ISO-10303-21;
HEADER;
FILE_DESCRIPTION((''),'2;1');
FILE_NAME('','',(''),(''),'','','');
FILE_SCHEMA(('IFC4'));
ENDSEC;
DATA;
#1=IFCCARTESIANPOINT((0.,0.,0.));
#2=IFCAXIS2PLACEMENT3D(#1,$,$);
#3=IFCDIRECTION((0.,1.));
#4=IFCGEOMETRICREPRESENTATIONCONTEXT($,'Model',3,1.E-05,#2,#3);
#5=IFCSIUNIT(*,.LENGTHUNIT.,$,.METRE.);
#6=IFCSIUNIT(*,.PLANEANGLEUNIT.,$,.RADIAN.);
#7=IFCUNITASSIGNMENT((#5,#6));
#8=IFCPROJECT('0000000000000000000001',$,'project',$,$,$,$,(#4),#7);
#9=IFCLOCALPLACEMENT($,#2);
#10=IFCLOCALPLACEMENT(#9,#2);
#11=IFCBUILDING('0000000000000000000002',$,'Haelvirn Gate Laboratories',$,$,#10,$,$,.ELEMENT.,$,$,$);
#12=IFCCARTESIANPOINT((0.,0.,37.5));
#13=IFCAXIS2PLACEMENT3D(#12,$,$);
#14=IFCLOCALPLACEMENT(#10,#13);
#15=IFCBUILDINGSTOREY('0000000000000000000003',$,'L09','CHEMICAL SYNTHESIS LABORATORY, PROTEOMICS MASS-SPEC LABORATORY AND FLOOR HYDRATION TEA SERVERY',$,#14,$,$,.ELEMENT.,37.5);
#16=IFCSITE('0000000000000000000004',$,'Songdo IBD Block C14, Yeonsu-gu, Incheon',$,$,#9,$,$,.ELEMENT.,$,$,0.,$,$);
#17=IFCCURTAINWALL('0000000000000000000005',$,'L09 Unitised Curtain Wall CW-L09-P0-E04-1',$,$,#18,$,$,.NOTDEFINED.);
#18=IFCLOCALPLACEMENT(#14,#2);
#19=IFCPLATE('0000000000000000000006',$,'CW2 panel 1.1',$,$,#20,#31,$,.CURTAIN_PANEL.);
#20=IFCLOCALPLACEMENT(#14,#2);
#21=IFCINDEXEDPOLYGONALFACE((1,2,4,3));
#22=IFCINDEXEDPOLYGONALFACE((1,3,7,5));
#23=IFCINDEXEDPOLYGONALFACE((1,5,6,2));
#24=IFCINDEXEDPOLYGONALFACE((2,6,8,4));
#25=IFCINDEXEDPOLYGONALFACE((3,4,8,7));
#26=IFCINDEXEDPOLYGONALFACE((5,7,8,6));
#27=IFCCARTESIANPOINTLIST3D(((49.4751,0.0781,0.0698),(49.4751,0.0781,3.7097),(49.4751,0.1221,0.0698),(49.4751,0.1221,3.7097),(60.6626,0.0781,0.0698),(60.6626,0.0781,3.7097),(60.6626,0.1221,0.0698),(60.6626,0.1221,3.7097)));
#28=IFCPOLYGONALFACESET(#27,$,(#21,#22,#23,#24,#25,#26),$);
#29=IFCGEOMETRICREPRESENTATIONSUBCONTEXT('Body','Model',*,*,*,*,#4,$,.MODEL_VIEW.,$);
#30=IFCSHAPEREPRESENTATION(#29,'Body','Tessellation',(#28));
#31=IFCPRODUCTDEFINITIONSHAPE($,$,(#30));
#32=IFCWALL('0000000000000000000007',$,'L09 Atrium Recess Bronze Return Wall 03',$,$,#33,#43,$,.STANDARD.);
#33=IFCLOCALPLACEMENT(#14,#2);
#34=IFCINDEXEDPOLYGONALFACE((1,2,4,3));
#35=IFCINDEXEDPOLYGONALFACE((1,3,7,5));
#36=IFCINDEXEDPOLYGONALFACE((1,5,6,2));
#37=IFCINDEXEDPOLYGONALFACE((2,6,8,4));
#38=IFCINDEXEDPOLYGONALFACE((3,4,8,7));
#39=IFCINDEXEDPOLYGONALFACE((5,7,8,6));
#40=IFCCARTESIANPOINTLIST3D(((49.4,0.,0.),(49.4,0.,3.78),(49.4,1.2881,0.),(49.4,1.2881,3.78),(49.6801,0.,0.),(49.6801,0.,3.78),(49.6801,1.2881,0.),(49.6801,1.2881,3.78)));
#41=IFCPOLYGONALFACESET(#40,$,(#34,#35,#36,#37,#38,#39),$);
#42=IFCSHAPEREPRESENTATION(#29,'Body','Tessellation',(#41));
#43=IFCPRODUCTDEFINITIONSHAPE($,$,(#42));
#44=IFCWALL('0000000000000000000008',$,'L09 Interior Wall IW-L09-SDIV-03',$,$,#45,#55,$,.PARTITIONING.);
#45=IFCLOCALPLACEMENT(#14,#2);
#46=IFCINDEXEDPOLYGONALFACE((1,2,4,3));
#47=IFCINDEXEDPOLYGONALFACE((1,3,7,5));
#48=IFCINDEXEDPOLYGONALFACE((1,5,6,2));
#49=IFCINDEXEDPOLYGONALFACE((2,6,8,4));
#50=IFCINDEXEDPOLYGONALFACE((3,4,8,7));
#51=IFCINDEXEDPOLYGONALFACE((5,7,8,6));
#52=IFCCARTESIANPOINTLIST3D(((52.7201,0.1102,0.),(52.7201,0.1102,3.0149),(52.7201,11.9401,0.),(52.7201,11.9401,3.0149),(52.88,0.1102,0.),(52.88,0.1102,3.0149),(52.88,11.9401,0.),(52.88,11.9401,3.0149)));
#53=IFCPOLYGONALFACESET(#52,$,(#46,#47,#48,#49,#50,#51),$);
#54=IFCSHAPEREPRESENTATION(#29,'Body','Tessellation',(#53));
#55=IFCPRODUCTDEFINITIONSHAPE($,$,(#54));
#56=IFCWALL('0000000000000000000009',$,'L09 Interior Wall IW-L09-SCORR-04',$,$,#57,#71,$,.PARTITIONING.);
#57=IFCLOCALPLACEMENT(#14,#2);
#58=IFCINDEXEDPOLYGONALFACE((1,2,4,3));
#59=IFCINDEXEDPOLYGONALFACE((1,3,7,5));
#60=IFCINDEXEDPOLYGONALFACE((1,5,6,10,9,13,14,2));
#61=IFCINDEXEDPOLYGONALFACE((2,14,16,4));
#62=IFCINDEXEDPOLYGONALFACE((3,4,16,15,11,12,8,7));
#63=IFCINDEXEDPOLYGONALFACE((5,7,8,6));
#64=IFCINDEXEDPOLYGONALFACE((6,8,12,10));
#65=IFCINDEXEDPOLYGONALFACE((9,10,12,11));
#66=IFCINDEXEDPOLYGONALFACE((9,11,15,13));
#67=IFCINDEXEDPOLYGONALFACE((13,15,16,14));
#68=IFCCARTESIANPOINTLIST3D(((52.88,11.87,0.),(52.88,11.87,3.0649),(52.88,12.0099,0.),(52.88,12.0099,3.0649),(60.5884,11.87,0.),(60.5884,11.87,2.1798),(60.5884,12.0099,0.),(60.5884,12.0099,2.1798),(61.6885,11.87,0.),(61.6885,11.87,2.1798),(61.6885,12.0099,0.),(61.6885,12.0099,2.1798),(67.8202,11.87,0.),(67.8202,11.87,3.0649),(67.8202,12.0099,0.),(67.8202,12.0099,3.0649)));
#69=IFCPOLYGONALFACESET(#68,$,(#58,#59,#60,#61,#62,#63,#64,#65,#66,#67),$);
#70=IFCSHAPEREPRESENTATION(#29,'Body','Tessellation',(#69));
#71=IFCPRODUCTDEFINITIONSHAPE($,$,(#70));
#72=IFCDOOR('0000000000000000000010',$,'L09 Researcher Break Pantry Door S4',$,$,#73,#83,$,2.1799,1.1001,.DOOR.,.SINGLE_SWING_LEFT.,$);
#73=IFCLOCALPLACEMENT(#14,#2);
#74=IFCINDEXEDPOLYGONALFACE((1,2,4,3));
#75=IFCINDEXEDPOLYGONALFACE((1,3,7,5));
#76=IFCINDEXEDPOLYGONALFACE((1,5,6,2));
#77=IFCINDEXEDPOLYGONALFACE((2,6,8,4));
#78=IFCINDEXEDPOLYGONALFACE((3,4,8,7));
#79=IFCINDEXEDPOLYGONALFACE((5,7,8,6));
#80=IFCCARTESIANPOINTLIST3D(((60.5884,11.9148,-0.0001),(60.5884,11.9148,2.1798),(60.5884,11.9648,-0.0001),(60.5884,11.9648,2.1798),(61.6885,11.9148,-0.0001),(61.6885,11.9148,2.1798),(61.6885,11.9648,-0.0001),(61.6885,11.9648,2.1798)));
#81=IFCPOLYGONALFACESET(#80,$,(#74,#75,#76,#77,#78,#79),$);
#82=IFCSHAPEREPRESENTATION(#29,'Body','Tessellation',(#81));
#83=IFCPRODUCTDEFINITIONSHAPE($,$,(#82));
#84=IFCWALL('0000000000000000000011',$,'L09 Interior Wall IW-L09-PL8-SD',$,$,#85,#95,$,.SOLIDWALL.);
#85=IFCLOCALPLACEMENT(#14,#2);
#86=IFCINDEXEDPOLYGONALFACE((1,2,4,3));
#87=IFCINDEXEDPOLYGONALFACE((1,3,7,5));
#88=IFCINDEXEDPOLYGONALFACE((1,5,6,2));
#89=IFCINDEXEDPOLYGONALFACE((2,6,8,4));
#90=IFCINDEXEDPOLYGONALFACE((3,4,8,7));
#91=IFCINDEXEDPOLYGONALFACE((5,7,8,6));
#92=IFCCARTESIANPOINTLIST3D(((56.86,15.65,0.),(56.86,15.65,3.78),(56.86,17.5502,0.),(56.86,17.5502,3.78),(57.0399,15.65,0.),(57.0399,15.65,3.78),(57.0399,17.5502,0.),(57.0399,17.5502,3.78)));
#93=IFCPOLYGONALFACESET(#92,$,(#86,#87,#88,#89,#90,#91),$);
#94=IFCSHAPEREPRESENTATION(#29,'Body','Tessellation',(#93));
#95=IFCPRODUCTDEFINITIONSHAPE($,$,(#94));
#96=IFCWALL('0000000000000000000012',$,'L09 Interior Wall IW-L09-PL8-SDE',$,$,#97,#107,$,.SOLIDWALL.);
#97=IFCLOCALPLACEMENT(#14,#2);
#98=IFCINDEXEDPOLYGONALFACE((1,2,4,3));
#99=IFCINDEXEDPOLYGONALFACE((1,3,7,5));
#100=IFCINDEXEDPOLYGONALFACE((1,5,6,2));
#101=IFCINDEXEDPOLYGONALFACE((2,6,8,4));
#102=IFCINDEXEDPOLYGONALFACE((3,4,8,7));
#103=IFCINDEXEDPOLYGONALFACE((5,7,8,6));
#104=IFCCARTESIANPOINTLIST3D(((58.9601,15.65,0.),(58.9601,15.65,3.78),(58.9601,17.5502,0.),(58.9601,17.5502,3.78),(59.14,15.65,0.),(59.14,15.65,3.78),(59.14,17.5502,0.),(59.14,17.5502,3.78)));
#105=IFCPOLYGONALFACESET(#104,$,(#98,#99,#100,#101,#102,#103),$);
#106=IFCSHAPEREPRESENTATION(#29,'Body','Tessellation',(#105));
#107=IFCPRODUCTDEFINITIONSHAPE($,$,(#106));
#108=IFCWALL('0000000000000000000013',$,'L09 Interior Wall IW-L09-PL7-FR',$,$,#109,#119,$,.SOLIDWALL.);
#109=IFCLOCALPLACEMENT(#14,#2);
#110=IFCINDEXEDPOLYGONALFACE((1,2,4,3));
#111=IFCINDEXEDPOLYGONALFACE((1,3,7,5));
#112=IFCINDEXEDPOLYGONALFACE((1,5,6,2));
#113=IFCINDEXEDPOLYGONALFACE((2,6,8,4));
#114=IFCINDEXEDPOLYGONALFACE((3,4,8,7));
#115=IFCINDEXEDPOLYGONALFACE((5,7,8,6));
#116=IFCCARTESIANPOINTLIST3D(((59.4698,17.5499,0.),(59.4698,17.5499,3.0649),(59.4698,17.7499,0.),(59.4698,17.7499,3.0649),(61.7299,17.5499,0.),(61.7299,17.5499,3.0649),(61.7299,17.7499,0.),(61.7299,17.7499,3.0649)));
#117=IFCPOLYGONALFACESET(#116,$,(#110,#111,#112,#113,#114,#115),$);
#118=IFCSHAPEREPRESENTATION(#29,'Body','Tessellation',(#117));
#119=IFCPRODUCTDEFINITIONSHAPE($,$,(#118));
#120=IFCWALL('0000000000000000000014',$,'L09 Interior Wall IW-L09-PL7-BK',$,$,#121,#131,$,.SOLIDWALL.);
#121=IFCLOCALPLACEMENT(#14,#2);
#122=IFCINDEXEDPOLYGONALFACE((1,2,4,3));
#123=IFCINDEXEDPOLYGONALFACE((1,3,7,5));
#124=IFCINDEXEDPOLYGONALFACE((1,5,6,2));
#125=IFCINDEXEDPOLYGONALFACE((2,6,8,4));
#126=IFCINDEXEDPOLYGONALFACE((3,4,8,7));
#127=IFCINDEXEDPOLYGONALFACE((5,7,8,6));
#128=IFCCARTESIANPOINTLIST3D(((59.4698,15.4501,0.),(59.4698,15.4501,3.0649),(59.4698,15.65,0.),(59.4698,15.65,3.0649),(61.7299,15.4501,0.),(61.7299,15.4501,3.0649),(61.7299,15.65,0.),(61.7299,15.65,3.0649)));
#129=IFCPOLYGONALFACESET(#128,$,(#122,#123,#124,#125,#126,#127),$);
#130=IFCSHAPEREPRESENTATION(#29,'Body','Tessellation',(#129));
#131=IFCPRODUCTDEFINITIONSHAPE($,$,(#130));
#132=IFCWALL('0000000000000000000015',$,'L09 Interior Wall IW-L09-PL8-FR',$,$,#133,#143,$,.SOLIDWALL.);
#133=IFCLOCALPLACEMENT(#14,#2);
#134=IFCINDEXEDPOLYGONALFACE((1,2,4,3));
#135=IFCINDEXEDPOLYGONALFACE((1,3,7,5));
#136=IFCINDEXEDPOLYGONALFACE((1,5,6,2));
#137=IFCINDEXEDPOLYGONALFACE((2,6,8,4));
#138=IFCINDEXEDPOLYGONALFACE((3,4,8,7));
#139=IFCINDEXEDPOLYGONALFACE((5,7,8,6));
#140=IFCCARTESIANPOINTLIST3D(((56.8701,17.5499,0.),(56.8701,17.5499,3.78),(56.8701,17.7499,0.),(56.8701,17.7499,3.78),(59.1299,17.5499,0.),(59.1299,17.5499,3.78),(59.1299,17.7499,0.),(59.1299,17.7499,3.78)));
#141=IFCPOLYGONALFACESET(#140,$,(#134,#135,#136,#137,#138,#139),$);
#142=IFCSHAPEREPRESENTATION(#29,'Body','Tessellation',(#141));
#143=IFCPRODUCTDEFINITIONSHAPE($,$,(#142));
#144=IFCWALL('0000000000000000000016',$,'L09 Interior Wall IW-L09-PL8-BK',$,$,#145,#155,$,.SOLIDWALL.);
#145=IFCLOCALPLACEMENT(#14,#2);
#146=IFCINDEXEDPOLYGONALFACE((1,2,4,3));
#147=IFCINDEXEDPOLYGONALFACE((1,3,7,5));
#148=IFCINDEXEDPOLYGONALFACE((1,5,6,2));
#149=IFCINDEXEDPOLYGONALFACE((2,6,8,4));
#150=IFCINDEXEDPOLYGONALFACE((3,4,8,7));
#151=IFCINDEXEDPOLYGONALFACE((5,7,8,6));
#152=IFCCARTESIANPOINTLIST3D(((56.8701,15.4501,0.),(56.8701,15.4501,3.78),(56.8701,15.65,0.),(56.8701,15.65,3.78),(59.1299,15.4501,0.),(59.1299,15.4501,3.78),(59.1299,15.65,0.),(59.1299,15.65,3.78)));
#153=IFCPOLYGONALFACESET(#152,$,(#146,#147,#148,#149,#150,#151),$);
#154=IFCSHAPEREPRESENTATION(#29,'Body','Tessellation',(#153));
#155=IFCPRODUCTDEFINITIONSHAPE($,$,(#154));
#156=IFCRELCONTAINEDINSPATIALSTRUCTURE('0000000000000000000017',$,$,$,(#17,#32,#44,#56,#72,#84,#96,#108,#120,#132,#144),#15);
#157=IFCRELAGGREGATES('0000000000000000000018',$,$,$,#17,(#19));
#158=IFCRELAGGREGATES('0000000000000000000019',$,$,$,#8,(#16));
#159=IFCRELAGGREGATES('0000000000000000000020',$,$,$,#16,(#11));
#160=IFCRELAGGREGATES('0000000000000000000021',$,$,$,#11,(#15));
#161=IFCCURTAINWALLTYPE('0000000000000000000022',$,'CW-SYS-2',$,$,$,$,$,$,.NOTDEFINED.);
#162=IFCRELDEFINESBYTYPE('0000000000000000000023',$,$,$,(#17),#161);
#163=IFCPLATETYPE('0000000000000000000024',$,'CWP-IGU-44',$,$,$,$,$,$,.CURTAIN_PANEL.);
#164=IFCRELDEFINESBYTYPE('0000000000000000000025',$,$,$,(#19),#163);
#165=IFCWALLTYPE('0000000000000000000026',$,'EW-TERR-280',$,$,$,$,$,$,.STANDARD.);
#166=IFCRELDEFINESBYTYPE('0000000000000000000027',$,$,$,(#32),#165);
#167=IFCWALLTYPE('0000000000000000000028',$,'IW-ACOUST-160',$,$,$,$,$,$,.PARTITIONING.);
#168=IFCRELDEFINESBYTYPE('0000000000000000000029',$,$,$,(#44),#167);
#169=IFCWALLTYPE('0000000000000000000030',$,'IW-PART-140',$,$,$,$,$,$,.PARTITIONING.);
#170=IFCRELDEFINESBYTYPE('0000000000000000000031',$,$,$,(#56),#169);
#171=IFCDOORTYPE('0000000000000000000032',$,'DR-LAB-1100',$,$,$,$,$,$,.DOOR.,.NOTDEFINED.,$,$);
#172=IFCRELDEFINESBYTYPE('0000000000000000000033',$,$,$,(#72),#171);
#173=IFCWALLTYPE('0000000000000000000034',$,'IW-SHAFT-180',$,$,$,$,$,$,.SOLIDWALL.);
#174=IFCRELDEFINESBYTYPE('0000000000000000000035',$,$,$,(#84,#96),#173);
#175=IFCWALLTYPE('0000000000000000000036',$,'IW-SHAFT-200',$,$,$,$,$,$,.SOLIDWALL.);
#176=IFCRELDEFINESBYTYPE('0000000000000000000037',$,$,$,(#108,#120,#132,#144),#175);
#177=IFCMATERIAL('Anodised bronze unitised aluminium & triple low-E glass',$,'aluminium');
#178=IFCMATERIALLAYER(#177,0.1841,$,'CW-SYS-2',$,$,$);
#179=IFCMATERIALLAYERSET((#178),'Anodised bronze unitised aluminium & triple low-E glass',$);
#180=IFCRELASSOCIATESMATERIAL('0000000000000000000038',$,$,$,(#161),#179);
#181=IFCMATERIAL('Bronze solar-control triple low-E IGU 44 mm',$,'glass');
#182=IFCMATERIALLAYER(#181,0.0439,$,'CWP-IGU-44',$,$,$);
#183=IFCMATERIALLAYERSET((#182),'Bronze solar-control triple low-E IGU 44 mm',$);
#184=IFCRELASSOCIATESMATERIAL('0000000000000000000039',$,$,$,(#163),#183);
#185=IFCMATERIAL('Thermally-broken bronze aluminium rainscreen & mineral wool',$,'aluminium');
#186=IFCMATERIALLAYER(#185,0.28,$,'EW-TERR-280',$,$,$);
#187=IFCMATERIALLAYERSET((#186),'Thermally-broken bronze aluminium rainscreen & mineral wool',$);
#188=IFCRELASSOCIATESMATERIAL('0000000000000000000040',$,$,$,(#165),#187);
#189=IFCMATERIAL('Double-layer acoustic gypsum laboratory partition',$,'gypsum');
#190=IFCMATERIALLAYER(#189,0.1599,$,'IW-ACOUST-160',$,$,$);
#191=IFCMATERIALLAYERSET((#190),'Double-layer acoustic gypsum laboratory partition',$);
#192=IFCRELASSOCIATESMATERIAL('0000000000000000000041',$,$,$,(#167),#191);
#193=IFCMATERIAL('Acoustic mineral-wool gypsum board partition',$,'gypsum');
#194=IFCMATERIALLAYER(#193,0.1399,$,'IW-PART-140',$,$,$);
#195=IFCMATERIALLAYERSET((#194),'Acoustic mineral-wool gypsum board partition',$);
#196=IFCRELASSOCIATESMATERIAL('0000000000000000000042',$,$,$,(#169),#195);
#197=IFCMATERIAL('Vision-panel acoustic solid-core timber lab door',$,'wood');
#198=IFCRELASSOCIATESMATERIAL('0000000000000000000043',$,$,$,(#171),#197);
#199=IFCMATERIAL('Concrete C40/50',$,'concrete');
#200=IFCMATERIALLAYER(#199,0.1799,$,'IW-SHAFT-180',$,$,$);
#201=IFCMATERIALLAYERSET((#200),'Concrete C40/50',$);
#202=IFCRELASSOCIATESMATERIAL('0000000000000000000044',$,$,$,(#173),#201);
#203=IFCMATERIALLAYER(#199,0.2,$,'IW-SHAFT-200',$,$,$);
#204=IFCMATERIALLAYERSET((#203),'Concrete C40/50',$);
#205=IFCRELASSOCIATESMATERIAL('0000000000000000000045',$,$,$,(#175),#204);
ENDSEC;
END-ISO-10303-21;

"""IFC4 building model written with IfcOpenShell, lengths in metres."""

from ifc_helpers import new_model, si_unit, direction, frame, frame_2d, origin, origin_2d, place, context, subcontext, project, spatial, rectangle, extrude, source, transform, mapped, material, layer, layer_set, type_object, type_shapes, element, fill, aggregate, save


model = new_model("IFC4")

# Units and contexts
model_context = context("Model", 3, precision=1e-05, world=origin(), true_north=direction((0.0, 1.0)))
body_context = subcontext(model_context, "Body", "Model", "MODEL_VIEW")
ifc_project = project(units=[si_unit("LENGTHUNIT", "METRE"), si_unit("PLANEANGLEUNIT", "RADIAN")], contexts=[model_context])

# Site, building, storey
site_placement = place(None, origin())
site = spatial("IfcSite", under=ifc_project, at=site_placement, Name="Songdo IBD Block C14, Yeonsu-gu, Incheon", CompositionType="ELEMENT", RefElevation=0.0)
building_placement = place(site_placement, origin())
building = spatial("IfcBuilding", under=site, at=building_placement, Name="Haelvirn Gate Laboratories", CompositionType="ELEMENT")
storey_placement = place(building_placement, frame((0.0, 0.0, 37.5)))
storey = spatial("IfcBuildingStorey", under=building, at=storey_placement, Name="L09", Description="CHEMICAL SYNTHESIS LABORATORY, PROTEOMICS MASS-SPEC LABORATORY AND FLOOR HYDRATION TEA SERVERY", CompositionType="ELEMENT", Elevation=37.5)

# Shared definitions
ifc_material_1 = material(Name="Anodised bronze unitised aluminium & triple low-E glass", Category="aluminium")
ifc_layer_1 = layer(ifc_material_1, 0.1841, Name="CW-SYS-2")
ifc_layer_set_1 = layer_set([ifc_layer_1], Name="Anodised bronze unitised aluminium & triple low-E glass")
curtain_wall_type = type_object("IfcCurtainWallType", Name="CW-SYS-2", PredefinedType="NOTDEFINED", material=ifc_layer_set_1)

# Curtain wall, plate
curtain_wall_1_placement = place(storey_placement, origin())
curtain_wall_1 = element("IfcCurtainWall", 1, at=curtain_wall_1_placement, inside=storey, type_object=curtain_wall_type, Name="L09 Unitised Curtain Wall CW-L09-P0-E04-1", PredefinedType="NOTDEFINED")
ifc_material_2 = material(Name="Bronze solar-control triple low-E IGU 44 mm", Category="glass")
ifc_layer_2 = layer(ifc_material_2, 0.0439, Name="CWP-IGU-44")
ifc_layer_set_2 = layer_set([ifc_layer_2], Name="Bronze solar-control triple low-E IGU 44 mm")
plate_type = type_object("IfcPlateType", Name="CWP-IGU-44", PredefinedType="CURTAIN_PANEL", material=ifc_layer_set_2)
shared_shape_1 = source(origin(), body_context, "Body", "SweptSolid", [
    extrude(rectangle(XDim=11.1875, YDim=0.0439, at=origin_2d()), origin(), (0.0, 0.0, 1.0), 3.6399),
])
type_shapes(plate_type, [shared_shape_1])
plate_placement = place(storey_placement, frame((55.0688, 0.1001, 0.0698), z_axis=(0.0, 0.0, 1.0), x_axis=(1.0, 0.0, 0.0)))
plate = element("IfcPlate", 2, at=plate_placement, type_object=plate_type, Name="CW2 panel 1.1", PredefinedType="CURTAIN_PANEL", context=body_context, shape_type="MappedRepresentation", body=[
    mapped(shared_shape_1, transform((0.0, 0.0, 0.0), scale=1.0)),
])
aggregate(curtain_wall_1, [plate])

# Walls
ifc_material_3 = material(Name="Thermally-broken bronze aluminium rainscreen & mineral wool", Category="aluminium")
ifc_layer_3 = layer(ifc_material_3, 0.28, Name="EW-TERR-280")
ifc_layer_set_3 = layer_set([ifc_layer_3], Name="Thermally-broken bronze aluminium rainscreen & mineral wool")
wall_type_1 = type_object("IfcWallType", Name="EW-TERR-280", PredefinedType="STANDARD", material=ifc_layer_set_3)
wall_1_placement = place(storey_placement, frame((49.54, 1.2881, 0.0), z_axis=(0.0, 0.0, 1.0), x_axis=(0.0, -1.0, 0.0)))
element("IfcWall", 3, at=wall_1_placement, inside=storey, type_object=wall_type_1, Name="L09 Atrium Recess Bronze Return Wall 03", PredefinedType="STANDARD", context=body_context, shape_type="SweptSolid", body=[
    extrude(rectangle(XDim=1.2881, YDim=0.28, at=frame_2d((0.644, 0.0))), origin(), (0.0, 0.0, 1.0), 3.78),
])
ifc_material_4 = material(Name="Double-layer acoustic gypsum laboratory partition", Category="gypsum")
ifc_layer_4 = layer(ifc_material_4, 0.1599, Name="IW-ACOUST-160")
ifc_layer_set_4 = layer_set([ifc_layer_4], Name="Double-layer acoustic gypsum laboratory partition")
wall_type_2 = type_object("IfcWallType", Name="IW-ACOUST-160", PredefinedType="PARTITIONING", material=ifc_layer_set_4)
wall_2_placement = place(storey_placement, frame((52.8, 0.1101, 0.0), z_axis=(0.0, 0.0, 1.0), x_axis=(0.0, 1.0, 0.0)))
element("IfcWall", 4, at=wall_2_placement, inside=storey, type_object=wall_type_2, Name="L09 Interior Wall IW-L09-SDIV-03", PredefinedType="PARTITIONING", context=body_context, shape_type="SweptSolid", body=[
    extrude(rectangle(XDim=11.8298, YDim=0.1599, at=frame_2d((5.915, 0.0))), origin(), (0.0, 0.0, 1.0), 3.0149),
])

# Wall, opening, door
ifc_material_5 = material(Name="Acoustic mineral-wool gypsum board partition", Category="gypsum")
ifc_layer_5 = layer(ifc_material_5, 0.1399, Name="IW-PART-140")
ifc_layer_set_5 = layer_set([ifc_layer_5], Name="Acoustic mineral-wool gypsum board partition")
wall_type_3 = type_object("IfcWallType", Name="IW-PART-140", PredefinedType="PARTITIONING", material=ifc_layer_set_5)
wall_3_placement = place(storey_placement, frame((52.8799, 11.9399, 0.0), z_axis=(0.0, 0.0, 1.0), x_axis=(1.0, 0.0, 0.0)))
wall_3 = element("IfcWall", 5, at=wall_3_placement, inside=storey, type_object=wall_type_3, Name="L09 Interior Wall IW-L09-SCORR-04", PredefinedType="PARTITIONING", context=body_context, shape_type="SweptSolid", body=[
    extrude(rectangle(XDim=14.9402, YDim=0.1399, at=frame_2d((7.4702, 0.0))), origin(), (0.0, 0.0, 1.0), 3.0649),
])
opening_1_placement = place(wall_3_placement, frame((7.7085, 0.0, 0.0)))
opening_1 = element("IfcOpeningElement", 6, at=opening_1_placement, cuts=wall_3, PredefinedType="OPENING", context=body_context, shape_type="SweptSolid", body=[
    extrude(rectangle(XDim=1.1001, YDim=2.1799, at=frame_2d((0.55, 1.0898))), frame((0.0, 0.0801, 0.0), z_axis=(0.0, -1.0, 0.0), x_axis=(1.0, 0.0, 0.0)), (0.0, 0.0, 1.0), 0.1599),
])
ifc_material_6 = material(Name="Vision-panel acoustic solid-core timber lab door", Category="wood")
door_type_1 = type_object("IfcDoorType", Name="DR-LAB-1100", OperationType="NOTDEFINED", PredefinedType="DOOR", material=ifc_material_6)
shared_shape_2 = source(origin(), body_context, "Body", "SweptSolid", [
    extrude(rectangle(XDim=1.1001, YDim=2.1799, at=frame_2d((0.55, 1.0898))), frame((0.0, 0.0249, 0.0), z_axis=(0.0, -1.0, 0.0), x_axis=(1.0, 0.0, 0.0)), (0.0, 0.0, 1.0), 0.05),
])
type_shapes(door_type_1, [shared_shape_2])
door_1_placement = place(opening_1_placement, origin())
door_1 = element("IfcDoor", 7, at=door_1_placement, inside=storey, type_object=door_type_1, Name="L09 Researcher Break Pantry Door S4", OperationType="SINGLE_SWING_LEFT", OverallHeight=2.1799, OverallWidth=1.1001, PredefinedType="DOOR", context=body_context, shape_type="MappedRepresentation", body=[
    mapped(shared_shape_2, transform((0.0, 0.0, 0.0), scale=1.0)),
])
fill(opening_1, door_1)

# Walls
ifc_material_7 = material(Name="Concrete C40/50", Category="concrete")
ifc_layer_6 = layer(ifc_material_7, 0.1799, Name="IW-SHAFT-180")
ifc_layer_set_6 = layer_set([ifc_layer_6], Name="Concrete C40/50")
wall_type_4 = type_object("IfcWallType", Name="IW-SHAFT-180", PredefinedType="SOLIDWALL", material=ifc_layer_set_6)
for number, where, z_axis, x_axis, name in (
    (8, (56.95, 15.6499, 0.0), (0.0, 0.0, 1.0), (0.0, 1.0, 0.0), "L09 Interior Wall IW-L09-PL8-SD"),
    (9, (59.05, 15.6499, 0.0), (0.0, 0.0, 1.0), (0.0, 1.0, 0.0), "L09 Interior Wall IW-L09-PL8-SDE"),
):
    element("IfcWall", number, at=place(storey_placement, frame(where, z_axis=z_axis, x_axis=x_axis)), inside=storey, type_object=wall_type_4, Name=name, PredefinedType="SOLIDWALL", context=body_context, shape_type="SweptSolid", body=[
        extrude(rectangle(XDim=1.9001, YDim=0.1799, at=frame_2d((0.9502, 0.0))), origin(), (0.0, 0.0, 1.0), 3.78),
    ])
ifc_layer_7 = layer(ifc_material_7, 0.2, Name="IW-SHAFT-200")
ifc_layer_set_7 = layer_set([ifc_layer_7], Name="Concrete C40/50")
wall_type_5 = type_object("IfcWallType", Name="IW-SHAFT-200", PredefinedType="SOLIDWALL", material=ifc_layer_set_7)
for number, where, z_axis, x_axis, name in (
    (10, (59.47, 17.6499, 0.0), (0.0, 0.0, 1.0), (1.0, 0.0, 0.0), "L09 Interior Wall IW-L09-PL7-FR"),
    (11, (59.47, 15.55, 0.0), (0.0, 0.0, 1.0), (1.0, 0.0, 0.0), "L09 Interior Wall IW-L09-PL7-BK"),
):
    element("IfcWall", number, at=place(storey_placement, frame(where, z_axis=z_axis, x_axis=x_axis)), inside=storey, type_object=wall_type_5, Name=name, PredefinedType="SOLIDWALL", context=body_context, shape_type="SweptSolid", body=[
        extrude(rectangle(XDim=2.26, YDim=0.2, at=frame_2d((1.1299, 0.0))), origin(), (0.0, 0.0, 1.0), 3.0649),
    ])
for number, where, z_axis, x_axis, name in (
    (12, (56.8701, 17.6499, 0.0), (0.0, 0.0, 1.0), (1.0, 0.0, 0.0), "L09 Interior Wall IW-L09-PL8-FR"),
    (13, (56.8701, 15.55, 0.0), (0.0, 0.0, 1.0), (1.0, 0.0, 0.0), "L09 Interior Wall IW-L09-PL8-BK"),
):
    element("IfcWall", number, at=place(storey_placement, frame(where, z_axis=z_axis, x_axis=x_axis)), inside=storey, type_object=wall_type_5, Name=name, PredefinedType="SOLIDWALL", context=body_context, shape_type="SweptSolid", body=[
        extrude(rectangle(XDim=2.2598, YDim=0.2, at=frame_2d((1.1299, 0.0))), origin(), (0.0, 0.0, 1.0), 3.78),
    ])

save(model, "model.ifc")
